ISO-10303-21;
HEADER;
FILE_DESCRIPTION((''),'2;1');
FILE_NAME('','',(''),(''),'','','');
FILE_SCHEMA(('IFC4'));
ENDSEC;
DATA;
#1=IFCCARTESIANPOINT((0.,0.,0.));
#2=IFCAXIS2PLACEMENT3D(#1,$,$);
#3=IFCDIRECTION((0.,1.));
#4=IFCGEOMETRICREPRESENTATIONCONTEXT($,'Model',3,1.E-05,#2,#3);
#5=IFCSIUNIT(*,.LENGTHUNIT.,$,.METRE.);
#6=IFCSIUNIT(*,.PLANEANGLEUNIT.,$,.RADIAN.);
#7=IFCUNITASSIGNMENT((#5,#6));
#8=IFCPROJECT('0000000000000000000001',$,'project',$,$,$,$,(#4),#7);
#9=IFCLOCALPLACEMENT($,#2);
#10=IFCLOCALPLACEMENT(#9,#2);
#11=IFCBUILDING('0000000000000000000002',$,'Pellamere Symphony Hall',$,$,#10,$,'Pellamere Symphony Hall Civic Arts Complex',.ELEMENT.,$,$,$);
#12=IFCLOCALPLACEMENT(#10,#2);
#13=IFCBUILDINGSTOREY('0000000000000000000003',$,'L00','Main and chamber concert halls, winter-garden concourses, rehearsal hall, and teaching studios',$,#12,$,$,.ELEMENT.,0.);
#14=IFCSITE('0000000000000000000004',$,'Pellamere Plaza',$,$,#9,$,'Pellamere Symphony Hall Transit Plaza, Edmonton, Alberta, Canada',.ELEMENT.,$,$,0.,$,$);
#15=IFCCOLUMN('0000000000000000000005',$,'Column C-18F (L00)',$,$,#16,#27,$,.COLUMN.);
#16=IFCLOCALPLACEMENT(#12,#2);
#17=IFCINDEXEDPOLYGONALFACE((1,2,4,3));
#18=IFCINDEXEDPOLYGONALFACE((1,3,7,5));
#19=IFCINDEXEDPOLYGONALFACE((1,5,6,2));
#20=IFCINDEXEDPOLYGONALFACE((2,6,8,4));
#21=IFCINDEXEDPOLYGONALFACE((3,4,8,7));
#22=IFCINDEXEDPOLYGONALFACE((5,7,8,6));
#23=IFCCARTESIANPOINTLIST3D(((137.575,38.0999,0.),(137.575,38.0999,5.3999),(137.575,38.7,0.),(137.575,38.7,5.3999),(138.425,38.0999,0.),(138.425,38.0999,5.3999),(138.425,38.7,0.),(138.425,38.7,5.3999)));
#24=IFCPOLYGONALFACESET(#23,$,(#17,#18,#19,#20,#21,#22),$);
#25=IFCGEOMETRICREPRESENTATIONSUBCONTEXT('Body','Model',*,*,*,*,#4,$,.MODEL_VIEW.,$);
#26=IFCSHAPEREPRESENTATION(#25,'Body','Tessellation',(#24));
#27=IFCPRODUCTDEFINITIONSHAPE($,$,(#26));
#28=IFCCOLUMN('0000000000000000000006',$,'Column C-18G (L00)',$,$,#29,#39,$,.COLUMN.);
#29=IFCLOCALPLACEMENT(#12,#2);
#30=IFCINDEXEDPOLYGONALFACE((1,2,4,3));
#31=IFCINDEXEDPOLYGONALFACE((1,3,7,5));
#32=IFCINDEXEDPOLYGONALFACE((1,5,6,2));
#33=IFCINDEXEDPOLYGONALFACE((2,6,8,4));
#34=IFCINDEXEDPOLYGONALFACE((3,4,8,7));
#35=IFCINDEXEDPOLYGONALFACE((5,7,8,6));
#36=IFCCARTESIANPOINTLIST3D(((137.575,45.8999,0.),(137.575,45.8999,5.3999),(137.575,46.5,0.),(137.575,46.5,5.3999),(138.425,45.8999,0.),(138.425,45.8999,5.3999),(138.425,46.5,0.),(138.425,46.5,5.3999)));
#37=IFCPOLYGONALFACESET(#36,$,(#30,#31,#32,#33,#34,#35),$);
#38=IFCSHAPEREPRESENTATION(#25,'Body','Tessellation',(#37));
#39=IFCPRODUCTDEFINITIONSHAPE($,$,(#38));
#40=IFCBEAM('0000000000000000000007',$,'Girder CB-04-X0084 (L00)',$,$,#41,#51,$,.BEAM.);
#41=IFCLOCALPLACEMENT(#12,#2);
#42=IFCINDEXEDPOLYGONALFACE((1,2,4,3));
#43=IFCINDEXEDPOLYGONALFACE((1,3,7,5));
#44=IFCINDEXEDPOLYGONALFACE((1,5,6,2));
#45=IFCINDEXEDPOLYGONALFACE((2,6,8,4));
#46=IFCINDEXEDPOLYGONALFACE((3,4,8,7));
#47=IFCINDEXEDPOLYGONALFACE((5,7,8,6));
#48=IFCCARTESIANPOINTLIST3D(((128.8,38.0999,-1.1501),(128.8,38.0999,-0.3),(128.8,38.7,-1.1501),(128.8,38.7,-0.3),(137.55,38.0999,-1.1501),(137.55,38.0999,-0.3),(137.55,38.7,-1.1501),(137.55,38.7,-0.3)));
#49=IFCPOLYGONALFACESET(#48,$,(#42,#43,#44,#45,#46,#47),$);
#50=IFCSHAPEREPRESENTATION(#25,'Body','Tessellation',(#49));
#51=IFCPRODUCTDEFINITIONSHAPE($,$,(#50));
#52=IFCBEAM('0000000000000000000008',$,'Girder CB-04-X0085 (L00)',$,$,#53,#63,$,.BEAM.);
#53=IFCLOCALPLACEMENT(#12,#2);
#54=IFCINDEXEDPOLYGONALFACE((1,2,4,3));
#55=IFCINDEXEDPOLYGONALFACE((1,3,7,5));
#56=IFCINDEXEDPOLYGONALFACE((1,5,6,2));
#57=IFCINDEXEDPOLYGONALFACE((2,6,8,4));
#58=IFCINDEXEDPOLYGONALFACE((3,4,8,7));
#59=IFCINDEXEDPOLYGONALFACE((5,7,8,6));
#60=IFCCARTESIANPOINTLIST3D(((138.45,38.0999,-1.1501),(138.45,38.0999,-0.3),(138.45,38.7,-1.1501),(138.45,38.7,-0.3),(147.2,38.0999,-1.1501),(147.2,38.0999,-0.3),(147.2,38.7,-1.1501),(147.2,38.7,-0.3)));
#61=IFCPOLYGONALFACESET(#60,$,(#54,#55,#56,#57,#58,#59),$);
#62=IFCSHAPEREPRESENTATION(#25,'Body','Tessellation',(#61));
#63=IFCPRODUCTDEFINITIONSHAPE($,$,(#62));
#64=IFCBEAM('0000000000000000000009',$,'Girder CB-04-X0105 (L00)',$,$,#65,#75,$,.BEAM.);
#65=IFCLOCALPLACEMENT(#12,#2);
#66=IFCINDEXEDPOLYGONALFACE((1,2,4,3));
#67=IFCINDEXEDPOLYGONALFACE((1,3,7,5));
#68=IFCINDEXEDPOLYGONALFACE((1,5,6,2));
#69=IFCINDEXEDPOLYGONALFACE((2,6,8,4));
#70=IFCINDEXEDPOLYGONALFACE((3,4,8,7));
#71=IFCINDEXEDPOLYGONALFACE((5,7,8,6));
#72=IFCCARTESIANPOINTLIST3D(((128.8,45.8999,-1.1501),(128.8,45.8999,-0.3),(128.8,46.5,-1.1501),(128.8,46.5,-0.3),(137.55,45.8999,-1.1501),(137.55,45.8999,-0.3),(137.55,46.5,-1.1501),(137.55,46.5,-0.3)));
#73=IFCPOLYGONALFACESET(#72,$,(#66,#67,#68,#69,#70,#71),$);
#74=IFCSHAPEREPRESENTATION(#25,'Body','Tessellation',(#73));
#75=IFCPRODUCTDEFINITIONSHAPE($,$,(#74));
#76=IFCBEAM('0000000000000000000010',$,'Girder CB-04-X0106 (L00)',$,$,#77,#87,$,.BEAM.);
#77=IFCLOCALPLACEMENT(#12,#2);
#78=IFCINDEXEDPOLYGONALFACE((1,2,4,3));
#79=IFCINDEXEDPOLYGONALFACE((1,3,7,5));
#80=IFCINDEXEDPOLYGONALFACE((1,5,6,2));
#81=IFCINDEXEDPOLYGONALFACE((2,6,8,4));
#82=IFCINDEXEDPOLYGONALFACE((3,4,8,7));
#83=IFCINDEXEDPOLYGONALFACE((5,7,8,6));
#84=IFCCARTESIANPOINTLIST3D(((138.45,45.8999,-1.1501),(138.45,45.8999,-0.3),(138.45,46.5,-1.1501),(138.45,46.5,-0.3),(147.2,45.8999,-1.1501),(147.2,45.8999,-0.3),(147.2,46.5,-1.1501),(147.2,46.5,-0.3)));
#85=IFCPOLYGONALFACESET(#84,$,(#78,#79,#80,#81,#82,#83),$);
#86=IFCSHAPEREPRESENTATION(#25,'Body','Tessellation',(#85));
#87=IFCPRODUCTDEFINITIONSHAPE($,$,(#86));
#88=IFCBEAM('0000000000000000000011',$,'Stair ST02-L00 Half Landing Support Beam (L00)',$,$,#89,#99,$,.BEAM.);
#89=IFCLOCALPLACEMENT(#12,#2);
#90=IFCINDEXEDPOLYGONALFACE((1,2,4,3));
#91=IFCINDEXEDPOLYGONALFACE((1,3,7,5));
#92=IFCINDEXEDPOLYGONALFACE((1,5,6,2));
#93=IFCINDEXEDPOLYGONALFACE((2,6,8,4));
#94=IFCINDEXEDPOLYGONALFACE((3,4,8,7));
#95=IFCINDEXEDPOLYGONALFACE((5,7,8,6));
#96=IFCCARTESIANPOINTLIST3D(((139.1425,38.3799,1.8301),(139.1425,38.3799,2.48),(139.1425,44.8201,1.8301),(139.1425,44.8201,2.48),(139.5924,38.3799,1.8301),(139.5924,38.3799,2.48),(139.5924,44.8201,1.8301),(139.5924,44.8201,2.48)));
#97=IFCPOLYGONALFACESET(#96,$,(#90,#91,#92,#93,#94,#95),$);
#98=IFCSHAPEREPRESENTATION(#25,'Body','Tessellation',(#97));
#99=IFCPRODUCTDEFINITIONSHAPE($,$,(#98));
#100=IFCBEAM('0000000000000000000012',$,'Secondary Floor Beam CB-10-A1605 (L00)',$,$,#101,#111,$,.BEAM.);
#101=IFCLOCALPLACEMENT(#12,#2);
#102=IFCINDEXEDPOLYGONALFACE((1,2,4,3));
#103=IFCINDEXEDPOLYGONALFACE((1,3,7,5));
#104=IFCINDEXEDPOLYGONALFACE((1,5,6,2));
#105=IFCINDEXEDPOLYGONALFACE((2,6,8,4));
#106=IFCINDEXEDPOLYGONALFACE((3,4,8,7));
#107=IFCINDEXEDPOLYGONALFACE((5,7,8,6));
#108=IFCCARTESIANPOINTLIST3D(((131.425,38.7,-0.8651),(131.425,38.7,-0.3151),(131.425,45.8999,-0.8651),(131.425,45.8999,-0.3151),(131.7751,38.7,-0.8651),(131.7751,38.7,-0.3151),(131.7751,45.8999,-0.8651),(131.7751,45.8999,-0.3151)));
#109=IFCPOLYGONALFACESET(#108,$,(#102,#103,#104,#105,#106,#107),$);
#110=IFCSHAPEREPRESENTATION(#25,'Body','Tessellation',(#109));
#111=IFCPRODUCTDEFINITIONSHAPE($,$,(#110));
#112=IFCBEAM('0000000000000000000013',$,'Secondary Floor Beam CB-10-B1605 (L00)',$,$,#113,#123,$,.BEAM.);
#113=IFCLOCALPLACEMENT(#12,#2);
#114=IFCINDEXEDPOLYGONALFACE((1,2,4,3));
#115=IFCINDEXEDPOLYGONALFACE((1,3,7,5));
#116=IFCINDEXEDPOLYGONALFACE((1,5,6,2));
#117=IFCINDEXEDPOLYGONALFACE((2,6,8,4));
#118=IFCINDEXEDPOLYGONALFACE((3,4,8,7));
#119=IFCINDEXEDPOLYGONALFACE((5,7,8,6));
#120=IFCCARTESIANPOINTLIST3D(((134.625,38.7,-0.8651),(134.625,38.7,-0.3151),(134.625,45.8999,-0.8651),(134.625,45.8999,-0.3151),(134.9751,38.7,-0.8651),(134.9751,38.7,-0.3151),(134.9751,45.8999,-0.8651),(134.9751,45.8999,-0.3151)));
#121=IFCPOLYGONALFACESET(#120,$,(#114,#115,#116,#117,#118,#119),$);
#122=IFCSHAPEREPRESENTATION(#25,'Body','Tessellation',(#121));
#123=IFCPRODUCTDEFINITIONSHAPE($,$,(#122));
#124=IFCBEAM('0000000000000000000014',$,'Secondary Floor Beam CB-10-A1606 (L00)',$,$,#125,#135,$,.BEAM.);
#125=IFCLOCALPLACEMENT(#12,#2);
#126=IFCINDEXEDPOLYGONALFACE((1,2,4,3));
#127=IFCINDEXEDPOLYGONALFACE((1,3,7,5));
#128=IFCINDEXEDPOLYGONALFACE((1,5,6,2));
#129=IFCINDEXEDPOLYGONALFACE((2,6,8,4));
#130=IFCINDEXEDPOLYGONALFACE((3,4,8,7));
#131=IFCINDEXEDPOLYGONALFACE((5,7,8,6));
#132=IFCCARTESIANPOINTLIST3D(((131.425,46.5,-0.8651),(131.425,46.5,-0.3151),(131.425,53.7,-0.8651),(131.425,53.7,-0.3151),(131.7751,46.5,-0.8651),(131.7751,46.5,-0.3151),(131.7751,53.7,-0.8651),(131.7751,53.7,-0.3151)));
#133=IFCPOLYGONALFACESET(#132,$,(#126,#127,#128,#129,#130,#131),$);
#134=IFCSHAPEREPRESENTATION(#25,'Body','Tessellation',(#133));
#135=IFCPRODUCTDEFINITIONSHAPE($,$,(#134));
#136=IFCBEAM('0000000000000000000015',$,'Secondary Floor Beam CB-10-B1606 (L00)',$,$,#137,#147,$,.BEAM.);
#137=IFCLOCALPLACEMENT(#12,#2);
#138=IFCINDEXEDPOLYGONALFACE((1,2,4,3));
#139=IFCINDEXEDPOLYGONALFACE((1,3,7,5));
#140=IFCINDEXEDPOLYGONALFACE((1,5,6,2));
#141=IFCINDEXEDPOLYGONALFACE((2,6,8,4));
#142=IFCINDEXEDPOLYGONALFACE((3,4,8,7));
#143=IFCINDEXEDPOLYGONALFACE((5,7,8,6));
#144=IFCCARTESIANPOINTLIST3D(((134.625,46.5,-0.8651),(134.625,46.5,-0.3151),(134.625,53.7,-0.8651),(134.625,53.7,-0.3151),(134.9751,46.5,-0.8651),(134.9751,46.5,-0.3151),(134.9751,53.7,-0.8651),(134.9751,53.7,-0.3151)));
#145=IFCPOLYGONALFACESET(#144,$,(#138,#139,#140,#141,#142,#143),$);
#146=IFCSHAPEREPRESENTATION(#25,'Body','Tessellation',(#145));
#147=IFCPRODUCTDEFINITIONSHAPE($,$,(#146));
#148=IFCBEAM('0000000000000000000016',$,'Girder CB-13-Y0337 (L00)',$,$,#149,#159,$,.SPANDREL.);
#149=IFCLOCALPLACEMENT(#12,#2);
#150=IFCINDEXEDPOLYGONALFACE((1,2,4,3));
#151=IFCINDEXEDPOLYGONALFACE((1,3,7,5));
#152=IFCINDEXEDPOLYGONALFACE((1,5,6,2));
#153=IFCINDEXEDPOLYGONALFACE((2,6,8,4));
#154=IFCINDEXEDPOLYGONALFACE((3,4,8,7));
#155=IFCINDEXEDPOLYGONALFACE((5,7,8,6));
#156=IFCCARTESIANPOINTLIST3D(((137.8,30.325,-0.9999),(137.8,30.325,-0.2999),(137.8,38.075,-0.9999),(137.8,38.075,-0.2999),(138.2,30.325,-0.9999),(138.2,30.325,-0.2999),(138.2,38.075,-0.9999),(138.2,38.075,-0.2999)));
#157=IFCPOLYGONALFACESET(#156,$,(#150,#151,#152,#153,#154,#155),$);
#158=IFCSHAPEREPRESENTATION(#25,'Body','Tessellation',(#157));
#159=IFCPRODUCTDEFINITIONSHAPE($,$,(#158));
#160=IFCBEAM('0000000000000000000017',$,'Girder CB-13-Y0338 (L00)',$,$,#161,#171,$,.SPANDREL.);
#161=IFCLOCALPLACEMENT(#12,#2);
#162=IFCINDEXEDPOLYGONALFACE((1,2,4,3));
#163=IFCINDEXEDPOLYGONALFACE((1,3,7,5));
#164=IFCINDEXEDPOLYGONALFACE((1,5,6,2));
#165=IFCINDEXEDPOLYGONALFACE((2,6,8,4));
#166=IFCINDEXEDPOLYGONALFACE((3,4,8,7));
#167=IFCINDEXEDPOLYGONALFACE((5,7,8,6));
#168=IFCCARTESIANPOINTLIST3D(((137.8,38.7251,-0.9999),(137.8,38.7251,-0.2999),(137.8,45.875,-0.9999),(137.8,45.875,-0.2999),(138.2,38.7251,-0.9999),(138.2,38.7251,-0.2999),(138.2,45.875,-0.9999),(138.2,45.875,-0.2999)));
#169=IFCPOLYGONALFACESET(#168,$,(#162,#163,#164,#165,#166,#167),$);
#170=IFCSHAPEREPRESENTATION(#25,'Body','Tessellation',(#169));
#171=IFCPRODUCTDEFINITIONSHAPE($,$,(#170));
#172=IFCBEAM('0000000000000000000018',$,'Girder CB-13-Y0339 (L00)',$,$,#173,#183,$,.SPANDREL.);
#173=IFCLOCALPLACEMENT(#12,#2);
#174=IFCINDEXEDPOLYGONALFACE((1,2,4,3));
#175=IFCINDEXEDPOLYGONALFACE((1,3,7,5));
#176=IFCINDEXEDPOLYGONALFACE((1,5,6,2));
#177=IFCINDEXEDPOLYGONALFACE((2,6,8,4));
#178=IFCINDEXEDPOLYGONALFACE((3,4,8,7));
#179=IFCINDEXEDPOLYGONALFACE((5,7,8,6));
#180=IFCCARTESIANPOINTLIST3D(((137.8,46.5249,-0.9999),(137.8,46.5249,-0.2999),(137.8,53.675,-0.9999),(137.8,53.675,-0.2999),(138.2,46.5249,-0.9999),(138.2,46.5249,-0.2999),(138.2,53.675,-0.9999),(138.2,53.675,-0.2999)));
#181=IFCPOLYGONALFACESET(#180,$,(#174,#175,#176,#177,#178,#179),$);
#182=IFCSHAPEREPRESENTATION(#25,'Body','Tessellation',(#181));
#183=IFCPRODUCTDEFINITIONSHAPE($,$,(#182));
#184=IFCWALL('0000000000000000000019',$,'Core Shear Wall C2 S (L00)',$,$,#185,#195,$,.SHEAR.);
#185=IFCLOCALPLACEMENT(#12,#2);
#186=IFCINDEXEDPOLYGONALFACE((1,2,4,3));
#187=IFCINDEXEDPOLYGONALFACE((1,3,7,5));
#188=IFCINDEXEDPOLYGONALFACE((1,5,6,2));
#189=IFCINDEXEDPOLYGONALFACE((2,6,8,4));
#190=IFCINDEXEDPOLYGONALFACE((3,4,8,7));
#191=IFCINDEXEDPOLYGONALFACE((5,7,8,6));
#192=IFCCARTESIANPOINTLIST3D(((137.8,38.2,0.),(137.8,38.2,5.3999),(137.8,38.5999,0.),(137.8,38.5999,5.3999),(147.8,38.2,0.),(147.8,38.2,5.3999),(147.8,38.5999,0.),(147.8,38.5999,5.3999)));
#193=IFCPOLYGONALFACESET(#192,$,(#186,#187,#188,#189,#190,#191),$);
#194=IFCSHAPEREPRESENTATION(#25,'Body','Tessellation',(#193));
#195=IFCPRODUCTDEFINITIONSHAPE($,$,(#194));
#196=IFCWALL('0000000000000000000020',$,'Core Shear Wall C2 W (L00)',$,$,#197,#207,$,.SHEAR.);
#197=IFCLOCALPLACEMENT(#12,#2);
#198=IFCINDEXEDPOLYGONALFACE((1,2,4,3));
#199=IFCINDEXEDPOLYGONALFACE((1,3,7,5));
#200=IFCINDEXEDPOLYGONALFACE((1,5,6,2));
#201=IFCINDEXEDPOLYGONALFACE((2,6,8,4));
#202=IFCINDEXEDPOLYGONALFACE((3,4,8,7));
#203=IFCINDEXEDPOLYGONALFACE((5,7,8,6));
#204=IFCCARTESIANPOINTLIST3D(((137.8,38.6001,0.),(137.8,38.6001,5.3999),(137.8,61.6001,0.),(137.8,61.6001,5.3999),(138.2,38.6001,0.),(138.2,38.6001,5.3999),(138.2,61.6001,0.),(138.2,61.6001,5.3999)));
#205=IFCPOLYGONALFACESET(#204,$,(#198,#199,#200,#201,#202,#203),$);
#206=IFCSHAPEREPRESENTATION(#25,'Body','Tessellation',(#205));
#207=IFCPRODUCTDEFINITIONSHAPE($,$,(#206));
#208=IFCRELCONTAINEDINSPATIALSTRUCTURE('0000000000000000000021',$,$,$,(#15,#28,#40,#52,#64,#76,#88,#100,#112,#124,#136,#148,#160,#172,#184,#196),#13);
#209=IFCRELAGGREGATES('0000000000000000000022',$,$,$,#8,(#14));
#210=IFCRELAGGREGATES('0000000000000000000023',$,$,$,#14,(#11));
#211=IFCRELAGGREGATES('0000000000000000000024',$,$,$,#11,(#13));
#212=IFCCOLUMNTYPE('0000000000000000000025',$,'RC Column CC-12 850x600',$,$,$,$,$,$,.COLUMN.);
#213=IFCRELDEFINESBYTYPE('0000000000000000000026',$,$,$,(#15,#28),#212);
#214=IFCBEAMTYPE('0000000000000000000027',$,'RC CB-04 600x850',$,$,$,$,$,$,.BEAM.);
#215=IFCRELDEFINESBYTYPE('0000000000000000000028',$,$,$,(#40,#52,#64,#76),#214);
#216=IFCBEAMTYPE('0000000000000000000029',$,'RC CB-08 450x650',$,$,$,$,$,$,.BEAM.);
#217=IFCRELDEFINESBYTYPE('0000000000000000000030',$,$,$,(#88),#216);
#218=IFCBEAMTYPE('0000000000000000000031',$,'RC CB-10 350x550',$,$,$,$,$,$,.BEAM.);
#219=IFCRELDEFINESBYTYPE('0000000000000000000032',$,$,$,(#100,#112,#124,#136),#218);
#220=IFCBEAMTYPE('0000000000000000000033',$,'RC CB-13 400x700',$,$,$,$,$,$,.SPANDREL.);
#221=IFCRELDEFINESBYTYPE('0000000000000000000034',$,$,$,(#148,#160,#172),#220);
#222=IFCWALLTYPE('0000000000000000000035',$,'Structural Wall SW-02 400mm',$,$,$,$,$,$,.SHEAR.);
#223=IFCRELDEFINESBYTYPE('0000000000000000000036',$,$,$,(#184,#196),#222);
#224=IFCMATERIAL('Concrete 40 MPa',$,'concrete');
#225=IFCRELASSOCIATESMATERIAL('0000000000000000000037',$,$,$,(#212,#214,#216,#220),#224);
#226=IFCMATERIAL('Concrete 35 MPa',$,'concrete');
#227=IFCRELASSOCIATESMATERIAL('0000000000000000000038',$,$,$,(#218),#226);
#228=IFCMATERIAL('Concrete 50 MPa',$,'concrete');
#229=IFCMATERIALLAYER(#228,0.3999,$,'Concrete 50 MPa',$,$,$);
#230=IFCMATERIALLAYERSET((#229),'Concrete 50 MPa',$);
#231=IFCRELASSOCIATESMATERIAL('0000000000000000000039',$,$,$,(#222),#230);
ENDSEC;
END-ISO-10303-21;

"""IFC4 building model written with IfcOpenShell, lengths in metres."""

from ifc_helpers import new_model, si_unit, direction, frame, frame_2d, origin, origin_2d, place, context, subcontext, project, spatial, rectangle, extrude, material, layer, layer_set, material_profile, profile_set, type_object, element, save


model = new_model("IFC4")

# Units and contexts
model_context = context("Model", 3, precision=1e-05, world=origin(), true_north=direction((0.0, 1.0)))
body_context = subcontext(model_context, "Body", "Model", "MODEL_VIEW")
ifc_project = project(units=[si_unit("LENGTHUNIT", "METRE"), si_unit("PLANEANGLEUNIT", "RADIAN")], contexts=[model_context])

# Site, building, storey
site_placement = place(None, origin())
site = spatial("IfcSite", under=ifc_project, at=site_placement, Name="Pellamere Plaza", LongName="Pellamere Symphony Hall Transit Plaza, Edmonton, Alberta, Canada", CompositionType="ELEMENT", RefElevation=0.0)
building_placement = place(site_placement, origin())
building = spatial("IfcBuilding", under=site, at=building_placement, Name="Pellamere Symphony Hall", LongName="Pellamere Symphony Hall Civic Arts Complex", CompositionType="ELEMENT")
storey_placement = place(building_placement, origin())
storey = spatial("IfcBuildingStorey", under=building, at=storey_placement, Name="L00", Description="Main and chamber concert halls, winter-garden concourses, rehearsal hall, and teaching studios", CompositionType="ELEMENT", Elevation=0.0)

# Columns
ifc_material_1 = material(Name="Concrete 40 MPa", Category="concrete")
ifc_material_profile_1 = material_profile(ifc_material_1, rectangle(XDim=0.8501, YDim=0.6001, at=origin_2d()), Name="RC 850x600")
ifc_profile_set_1 = profile_set([ifc_material_profile_1], Name="Concrete 40 MPa")
column_type = type_object("IfcColumnType", Name="RC Column CC-12 850x600", PredefinedType="COLUMN", material=ifc_profile_set_1)
for number, where, z_axis, x_axis, name in (
    (1, (138.0, 38.3999, 0.0), (0.0, 0.0, 1.0), (1.0, 0.0, 0.0), "Column C-18F (L00)"),
    (2, (138.0, 46.2, 0.0), (0.0, 0.0, 1.0), (1.0, 0.0, 0.0), "Column C-18G (L00)"),
):
    element("IfcColumn", number, at=place(storey_placement, frame(where, z_axis=z_axis, x_axis=x_axis)), inside=storey, type_object=column_type, Name=name, PredefinedType="COLUMN", context=body_context, shape_type="SweptSolid", body=[
        extrude(rectangle(XDim=0.8501, YDim=0.6001, at=origin_2d()), origin(), (0.0, 0.0, 1.0), 5.3999),
    ])

# Beams
ifc_material_profile_2 = material_profile(ifc_material_1, rectangle(XDim=0.6001, YDim=0.8501, at=origin_2d()), Name="RC 600x850")
ifc_profile_set_2 = profile_set([ifc_material_profile_2], Name="Concrete 40 MPa")
beam_type_1 = type_object("IfcBeamType", Name="RC CB-04 600x850", PredefinedType="BEAM", material=ifc_profile_set_2)
for number, where, z_axis, x_axis, name in (
    (3, (128.8, 38.3999, -0.7251), (1.0, 0.0, 0.0), (0.0, 1.0, 0.0), "Girder CB-04-X0084 (L00)"),
    (4, (138.45, 38.3999, -0.7251), (1.0, 0.0, 0.0), (0.0, 1.0, 0.0), "Girder CB-04-X0085 (L00)"),
    (5, (128.8, 46.2, -0.7251), (1.0, 0.0, 0.0), (0.0, 1.0, 0.0), "Girder CB-04-X0105 (L00)"),
    (6, (138.45, 46.2, -0.7251), (1.0, 0.0, 0.0), (0.0, 1.0, 0.0), "Girder CB-04-X0106 (L00)"),
):
    element("IfcBeam", number, at=place(storey_placement, frame(where, z_axis=z_axis, x_axis=x_axis)), inside=storey, type_object=beam_type_1, Name=name, PredefinedType="BEAM", context=body_context, shape_type="SweptSolid", body=[
        extrude(rectangle(XDim=0.6001, YDim=0.8501, at=origin_2d()), origin(), (0.0, 0.0, 1.0), 8.75),
    ])
ifc_material_profile_3 = material_profile(ifc_material_1, rectangle(XDim=0.45, YDim=0.6499, at=origin_2d()), Name="RC 450x650")
ifc_profile_set_3 = profile_set([ifc_material_profile_3], Name="Concrete 40 MPa")
beam_type_2 = type_object("IfcBeamType", Name="RC CB-08 450x650", PredefinedType="BEAM", material=ifc_profile_set_3)
beam_1_placement = place(storey_placement, frame((139.3674, 38.3799, 2.155), z_axis=(0.0, 1.0, 0.0), x_axis=(-1.0, 0.0, 0.0)))
element("IfcBeam", 7, at=beam_1_placement, inside=storey, type_object=beam_type_2, Name="Stair ST02-L00 Half Landing Support Beam (L00)", PredefinedType="BEAM", context=body_context, shape_type="SweptSolid", body=[
    extrude(rectangle(XDim=0.45, YDim=0.6499, at=origin_2d()), origin(), (0.0, 0.0, 1.0), 6.4402),
])
ifc_material_2 = material(Name="Concrete 35 MPa", Category="concrete")
ifc_material_profile_4 = material_profile(ifc_material_2, rectangle(XDim=0.3501, YDim=0.55, at=origin_2d()), Name="RC 350x550")
ifc_profile_set_4 = profile_set([ifc_material_profile_4], Name="Concrete 35 MPa")
beam_type_3 = type_object("IfcBeamType", Name="RC CB-10 350x550", PredefinedType="BEAM", material=ifc_profile_set_4)
for number, where, z_axis, x_axis, name in (
    (8, (131.6001, 38.7, -0.5901), (0.0, 1.0, 0.0), (-1.0, 0.0, 0.0), "Secondary Floor Beam CB-10-A1605 (L00)"),
    (9, (134.8, 38.7, -0.5901), (0.0, 1.0, 0.0), (-1.0, 0.0, 0.0), "Secondary Floor Beam CB-10-B1605 (L00)"),
    (10, (131.6001, 46.5, -0.5901), (0.0, 1.0, 0.0), (-1.0, 0.0, 0.0), "Secondary Floor Beam CB-10-A1606 (L00)"),
    (11, (134.8, 46.5, -0.5901), (0.0, 1.0, 0.0), (-1.0, 0.0, 0.0), "Secondary Floor Beam CB-10-B1606 (L00)"),
):
    element("IfcBeam", number, at=place(storey_placement, frame(where, z_axis=z_axis, x_axis=x_axis)), inside=storey, type_object=beam_type_3, Name=name, PredefinedType="BEAM", context=body_context, shape_type="SweptSolid", body=[
        extrude(rectangle(XDim=0.3501, YDim=0.55, at=origin_2d()), origin(), (0.0, 0.0, 1.0), 7.2),
    ])
ifc_material_profile_5 = material_profile(ifc_material_1, rectangle(XDim=0.3999, YDim=0.7, at=origin_2d()), Name="RC 400x700")
ifc_profile_set_5 = profile_set([ifc_material_profile_5], Name="Concrete 40 MPa")
beam_type_4 = type_object("IfcBeamType", Name="RC CB-13 400x700", PredefinedType="SPANDREL", material=ifc_profile_set_5)
beam_2_placement = place(storey_placement, frame((138.0, 30.325, -0.6499), z_axis=(0.0, 1.0, 0.0), x_axis=(-1.0, 0.0, 0.0)))
element("IfcBeam", 12, at=beam_2_placement, inside=storey, type_object=beam_type_4, Name="Girder CB-13-Y0337 (L00)", PredefinedType="SPANDREL", context=body_context, shape_type="SweptSolid", body=[
    extrude(rectangle(XDim=0.3999, YDim=0.7, at=origin_2d()), origin(), (0.0, 0.0, 1.0), 7.75),
])
beam_3_placement = place(storey_placement, frame((138.0, 38.7251, -0.6499), z_axis=(0.0, 1.0, 0.0), x_axis=(-1.0, 0.0, 0.0)))
element("IfcBeam", 13, at=beam_3_placement, inside=storey, type_object=beam_type_4, Name="Girder CB-13-Y0338 (L00)", PredefinedType="SPANDREL", context=body_context, shape_type="SweptSolid", body=[
    extrude(rectangle(XDim=0.3999, YDim=0.7, at=origin_2d()), origin(), (0.0, 0.0, 1.0), 7.1499),
])
beam_4_placement = place(storey_placement, frame((138.0, 46.5249, -0.6499), z_axis=(0.0, 1.0, 0.0), x_axis=(-1.0, 0.0, 0.0)))
element("IfcBeam", 14, at=beam_4_placement, inside=storey, type_object=beam_type_4, Name="Girder CB-13-Y0339 (L00)", PredefinedType="SPANDREL", context=body_context, shape_type="SweptSolid", body=[
    extrude(rectangle(XDim=0.3999, YDim=0.7, at=origin_2d()), origin(), (0.0, 0.0, 1.0), 7.1501),
])

# Walls
ifc_material_3 = material(Name="Concrete 50 MPa", Category="concrete")
ifc_layer_1 = layer(ifc_material_3, 0.3999, Name="Concrete 50 MPa")
ifc_layer_set_1 = layer_set([ifc_layer_1], Name="Concrete 50 MPa")
wall_type_1 = type_object("IfcWallType", Name="Structural Wall SW-02 400mm", PredefinedType="SHEAR", material=ifc_layer_set_1)
wall_1_placement = place(storey_placement, frame((137.8, 38.3999, 0.0), z_axis=(0.0, 0.0, 1.0), x_axis=(1.0, 0.0, 0.0)))
element("IfcWall", 15, at=wall_1_placement, inside=storey, type_object=wall_type_1, Name="Core Shear Wall C2 S (L00)", PredefinedType="SHEAR", context=body_context, shape_type="SweptSolid", body=[
    extrude(rectangle(XDim=10.0, YDim=0.3999, at=frame_2d((5.0, 0.0))), origin(), (0.0, 0.0, 1.0), 5.3999),
])
wall_2_placement = place(storey_placement, frame((138.0, 38.6001, 0.0), z_axis=(0.0, 0.0, 1.0), x_axis=(0.0, 1.0, 0.0)))
element("IfcWall", 16, at=wall_2_placement, inside=storey, type_object=wall_type_1, Name="Core Shear Wall C2 W (L00)", PredefinedType="SHEAR", context=body_context, shape_type="SweptSolid", body=[
    extrude(rectangle(XDim=23.0, YDim=0.3999, at=frame_2d((11.5, 0.0))), origin(), (0.0, 0.0, 1.0), 5.3999),
])

save(model, "model.ifc")
